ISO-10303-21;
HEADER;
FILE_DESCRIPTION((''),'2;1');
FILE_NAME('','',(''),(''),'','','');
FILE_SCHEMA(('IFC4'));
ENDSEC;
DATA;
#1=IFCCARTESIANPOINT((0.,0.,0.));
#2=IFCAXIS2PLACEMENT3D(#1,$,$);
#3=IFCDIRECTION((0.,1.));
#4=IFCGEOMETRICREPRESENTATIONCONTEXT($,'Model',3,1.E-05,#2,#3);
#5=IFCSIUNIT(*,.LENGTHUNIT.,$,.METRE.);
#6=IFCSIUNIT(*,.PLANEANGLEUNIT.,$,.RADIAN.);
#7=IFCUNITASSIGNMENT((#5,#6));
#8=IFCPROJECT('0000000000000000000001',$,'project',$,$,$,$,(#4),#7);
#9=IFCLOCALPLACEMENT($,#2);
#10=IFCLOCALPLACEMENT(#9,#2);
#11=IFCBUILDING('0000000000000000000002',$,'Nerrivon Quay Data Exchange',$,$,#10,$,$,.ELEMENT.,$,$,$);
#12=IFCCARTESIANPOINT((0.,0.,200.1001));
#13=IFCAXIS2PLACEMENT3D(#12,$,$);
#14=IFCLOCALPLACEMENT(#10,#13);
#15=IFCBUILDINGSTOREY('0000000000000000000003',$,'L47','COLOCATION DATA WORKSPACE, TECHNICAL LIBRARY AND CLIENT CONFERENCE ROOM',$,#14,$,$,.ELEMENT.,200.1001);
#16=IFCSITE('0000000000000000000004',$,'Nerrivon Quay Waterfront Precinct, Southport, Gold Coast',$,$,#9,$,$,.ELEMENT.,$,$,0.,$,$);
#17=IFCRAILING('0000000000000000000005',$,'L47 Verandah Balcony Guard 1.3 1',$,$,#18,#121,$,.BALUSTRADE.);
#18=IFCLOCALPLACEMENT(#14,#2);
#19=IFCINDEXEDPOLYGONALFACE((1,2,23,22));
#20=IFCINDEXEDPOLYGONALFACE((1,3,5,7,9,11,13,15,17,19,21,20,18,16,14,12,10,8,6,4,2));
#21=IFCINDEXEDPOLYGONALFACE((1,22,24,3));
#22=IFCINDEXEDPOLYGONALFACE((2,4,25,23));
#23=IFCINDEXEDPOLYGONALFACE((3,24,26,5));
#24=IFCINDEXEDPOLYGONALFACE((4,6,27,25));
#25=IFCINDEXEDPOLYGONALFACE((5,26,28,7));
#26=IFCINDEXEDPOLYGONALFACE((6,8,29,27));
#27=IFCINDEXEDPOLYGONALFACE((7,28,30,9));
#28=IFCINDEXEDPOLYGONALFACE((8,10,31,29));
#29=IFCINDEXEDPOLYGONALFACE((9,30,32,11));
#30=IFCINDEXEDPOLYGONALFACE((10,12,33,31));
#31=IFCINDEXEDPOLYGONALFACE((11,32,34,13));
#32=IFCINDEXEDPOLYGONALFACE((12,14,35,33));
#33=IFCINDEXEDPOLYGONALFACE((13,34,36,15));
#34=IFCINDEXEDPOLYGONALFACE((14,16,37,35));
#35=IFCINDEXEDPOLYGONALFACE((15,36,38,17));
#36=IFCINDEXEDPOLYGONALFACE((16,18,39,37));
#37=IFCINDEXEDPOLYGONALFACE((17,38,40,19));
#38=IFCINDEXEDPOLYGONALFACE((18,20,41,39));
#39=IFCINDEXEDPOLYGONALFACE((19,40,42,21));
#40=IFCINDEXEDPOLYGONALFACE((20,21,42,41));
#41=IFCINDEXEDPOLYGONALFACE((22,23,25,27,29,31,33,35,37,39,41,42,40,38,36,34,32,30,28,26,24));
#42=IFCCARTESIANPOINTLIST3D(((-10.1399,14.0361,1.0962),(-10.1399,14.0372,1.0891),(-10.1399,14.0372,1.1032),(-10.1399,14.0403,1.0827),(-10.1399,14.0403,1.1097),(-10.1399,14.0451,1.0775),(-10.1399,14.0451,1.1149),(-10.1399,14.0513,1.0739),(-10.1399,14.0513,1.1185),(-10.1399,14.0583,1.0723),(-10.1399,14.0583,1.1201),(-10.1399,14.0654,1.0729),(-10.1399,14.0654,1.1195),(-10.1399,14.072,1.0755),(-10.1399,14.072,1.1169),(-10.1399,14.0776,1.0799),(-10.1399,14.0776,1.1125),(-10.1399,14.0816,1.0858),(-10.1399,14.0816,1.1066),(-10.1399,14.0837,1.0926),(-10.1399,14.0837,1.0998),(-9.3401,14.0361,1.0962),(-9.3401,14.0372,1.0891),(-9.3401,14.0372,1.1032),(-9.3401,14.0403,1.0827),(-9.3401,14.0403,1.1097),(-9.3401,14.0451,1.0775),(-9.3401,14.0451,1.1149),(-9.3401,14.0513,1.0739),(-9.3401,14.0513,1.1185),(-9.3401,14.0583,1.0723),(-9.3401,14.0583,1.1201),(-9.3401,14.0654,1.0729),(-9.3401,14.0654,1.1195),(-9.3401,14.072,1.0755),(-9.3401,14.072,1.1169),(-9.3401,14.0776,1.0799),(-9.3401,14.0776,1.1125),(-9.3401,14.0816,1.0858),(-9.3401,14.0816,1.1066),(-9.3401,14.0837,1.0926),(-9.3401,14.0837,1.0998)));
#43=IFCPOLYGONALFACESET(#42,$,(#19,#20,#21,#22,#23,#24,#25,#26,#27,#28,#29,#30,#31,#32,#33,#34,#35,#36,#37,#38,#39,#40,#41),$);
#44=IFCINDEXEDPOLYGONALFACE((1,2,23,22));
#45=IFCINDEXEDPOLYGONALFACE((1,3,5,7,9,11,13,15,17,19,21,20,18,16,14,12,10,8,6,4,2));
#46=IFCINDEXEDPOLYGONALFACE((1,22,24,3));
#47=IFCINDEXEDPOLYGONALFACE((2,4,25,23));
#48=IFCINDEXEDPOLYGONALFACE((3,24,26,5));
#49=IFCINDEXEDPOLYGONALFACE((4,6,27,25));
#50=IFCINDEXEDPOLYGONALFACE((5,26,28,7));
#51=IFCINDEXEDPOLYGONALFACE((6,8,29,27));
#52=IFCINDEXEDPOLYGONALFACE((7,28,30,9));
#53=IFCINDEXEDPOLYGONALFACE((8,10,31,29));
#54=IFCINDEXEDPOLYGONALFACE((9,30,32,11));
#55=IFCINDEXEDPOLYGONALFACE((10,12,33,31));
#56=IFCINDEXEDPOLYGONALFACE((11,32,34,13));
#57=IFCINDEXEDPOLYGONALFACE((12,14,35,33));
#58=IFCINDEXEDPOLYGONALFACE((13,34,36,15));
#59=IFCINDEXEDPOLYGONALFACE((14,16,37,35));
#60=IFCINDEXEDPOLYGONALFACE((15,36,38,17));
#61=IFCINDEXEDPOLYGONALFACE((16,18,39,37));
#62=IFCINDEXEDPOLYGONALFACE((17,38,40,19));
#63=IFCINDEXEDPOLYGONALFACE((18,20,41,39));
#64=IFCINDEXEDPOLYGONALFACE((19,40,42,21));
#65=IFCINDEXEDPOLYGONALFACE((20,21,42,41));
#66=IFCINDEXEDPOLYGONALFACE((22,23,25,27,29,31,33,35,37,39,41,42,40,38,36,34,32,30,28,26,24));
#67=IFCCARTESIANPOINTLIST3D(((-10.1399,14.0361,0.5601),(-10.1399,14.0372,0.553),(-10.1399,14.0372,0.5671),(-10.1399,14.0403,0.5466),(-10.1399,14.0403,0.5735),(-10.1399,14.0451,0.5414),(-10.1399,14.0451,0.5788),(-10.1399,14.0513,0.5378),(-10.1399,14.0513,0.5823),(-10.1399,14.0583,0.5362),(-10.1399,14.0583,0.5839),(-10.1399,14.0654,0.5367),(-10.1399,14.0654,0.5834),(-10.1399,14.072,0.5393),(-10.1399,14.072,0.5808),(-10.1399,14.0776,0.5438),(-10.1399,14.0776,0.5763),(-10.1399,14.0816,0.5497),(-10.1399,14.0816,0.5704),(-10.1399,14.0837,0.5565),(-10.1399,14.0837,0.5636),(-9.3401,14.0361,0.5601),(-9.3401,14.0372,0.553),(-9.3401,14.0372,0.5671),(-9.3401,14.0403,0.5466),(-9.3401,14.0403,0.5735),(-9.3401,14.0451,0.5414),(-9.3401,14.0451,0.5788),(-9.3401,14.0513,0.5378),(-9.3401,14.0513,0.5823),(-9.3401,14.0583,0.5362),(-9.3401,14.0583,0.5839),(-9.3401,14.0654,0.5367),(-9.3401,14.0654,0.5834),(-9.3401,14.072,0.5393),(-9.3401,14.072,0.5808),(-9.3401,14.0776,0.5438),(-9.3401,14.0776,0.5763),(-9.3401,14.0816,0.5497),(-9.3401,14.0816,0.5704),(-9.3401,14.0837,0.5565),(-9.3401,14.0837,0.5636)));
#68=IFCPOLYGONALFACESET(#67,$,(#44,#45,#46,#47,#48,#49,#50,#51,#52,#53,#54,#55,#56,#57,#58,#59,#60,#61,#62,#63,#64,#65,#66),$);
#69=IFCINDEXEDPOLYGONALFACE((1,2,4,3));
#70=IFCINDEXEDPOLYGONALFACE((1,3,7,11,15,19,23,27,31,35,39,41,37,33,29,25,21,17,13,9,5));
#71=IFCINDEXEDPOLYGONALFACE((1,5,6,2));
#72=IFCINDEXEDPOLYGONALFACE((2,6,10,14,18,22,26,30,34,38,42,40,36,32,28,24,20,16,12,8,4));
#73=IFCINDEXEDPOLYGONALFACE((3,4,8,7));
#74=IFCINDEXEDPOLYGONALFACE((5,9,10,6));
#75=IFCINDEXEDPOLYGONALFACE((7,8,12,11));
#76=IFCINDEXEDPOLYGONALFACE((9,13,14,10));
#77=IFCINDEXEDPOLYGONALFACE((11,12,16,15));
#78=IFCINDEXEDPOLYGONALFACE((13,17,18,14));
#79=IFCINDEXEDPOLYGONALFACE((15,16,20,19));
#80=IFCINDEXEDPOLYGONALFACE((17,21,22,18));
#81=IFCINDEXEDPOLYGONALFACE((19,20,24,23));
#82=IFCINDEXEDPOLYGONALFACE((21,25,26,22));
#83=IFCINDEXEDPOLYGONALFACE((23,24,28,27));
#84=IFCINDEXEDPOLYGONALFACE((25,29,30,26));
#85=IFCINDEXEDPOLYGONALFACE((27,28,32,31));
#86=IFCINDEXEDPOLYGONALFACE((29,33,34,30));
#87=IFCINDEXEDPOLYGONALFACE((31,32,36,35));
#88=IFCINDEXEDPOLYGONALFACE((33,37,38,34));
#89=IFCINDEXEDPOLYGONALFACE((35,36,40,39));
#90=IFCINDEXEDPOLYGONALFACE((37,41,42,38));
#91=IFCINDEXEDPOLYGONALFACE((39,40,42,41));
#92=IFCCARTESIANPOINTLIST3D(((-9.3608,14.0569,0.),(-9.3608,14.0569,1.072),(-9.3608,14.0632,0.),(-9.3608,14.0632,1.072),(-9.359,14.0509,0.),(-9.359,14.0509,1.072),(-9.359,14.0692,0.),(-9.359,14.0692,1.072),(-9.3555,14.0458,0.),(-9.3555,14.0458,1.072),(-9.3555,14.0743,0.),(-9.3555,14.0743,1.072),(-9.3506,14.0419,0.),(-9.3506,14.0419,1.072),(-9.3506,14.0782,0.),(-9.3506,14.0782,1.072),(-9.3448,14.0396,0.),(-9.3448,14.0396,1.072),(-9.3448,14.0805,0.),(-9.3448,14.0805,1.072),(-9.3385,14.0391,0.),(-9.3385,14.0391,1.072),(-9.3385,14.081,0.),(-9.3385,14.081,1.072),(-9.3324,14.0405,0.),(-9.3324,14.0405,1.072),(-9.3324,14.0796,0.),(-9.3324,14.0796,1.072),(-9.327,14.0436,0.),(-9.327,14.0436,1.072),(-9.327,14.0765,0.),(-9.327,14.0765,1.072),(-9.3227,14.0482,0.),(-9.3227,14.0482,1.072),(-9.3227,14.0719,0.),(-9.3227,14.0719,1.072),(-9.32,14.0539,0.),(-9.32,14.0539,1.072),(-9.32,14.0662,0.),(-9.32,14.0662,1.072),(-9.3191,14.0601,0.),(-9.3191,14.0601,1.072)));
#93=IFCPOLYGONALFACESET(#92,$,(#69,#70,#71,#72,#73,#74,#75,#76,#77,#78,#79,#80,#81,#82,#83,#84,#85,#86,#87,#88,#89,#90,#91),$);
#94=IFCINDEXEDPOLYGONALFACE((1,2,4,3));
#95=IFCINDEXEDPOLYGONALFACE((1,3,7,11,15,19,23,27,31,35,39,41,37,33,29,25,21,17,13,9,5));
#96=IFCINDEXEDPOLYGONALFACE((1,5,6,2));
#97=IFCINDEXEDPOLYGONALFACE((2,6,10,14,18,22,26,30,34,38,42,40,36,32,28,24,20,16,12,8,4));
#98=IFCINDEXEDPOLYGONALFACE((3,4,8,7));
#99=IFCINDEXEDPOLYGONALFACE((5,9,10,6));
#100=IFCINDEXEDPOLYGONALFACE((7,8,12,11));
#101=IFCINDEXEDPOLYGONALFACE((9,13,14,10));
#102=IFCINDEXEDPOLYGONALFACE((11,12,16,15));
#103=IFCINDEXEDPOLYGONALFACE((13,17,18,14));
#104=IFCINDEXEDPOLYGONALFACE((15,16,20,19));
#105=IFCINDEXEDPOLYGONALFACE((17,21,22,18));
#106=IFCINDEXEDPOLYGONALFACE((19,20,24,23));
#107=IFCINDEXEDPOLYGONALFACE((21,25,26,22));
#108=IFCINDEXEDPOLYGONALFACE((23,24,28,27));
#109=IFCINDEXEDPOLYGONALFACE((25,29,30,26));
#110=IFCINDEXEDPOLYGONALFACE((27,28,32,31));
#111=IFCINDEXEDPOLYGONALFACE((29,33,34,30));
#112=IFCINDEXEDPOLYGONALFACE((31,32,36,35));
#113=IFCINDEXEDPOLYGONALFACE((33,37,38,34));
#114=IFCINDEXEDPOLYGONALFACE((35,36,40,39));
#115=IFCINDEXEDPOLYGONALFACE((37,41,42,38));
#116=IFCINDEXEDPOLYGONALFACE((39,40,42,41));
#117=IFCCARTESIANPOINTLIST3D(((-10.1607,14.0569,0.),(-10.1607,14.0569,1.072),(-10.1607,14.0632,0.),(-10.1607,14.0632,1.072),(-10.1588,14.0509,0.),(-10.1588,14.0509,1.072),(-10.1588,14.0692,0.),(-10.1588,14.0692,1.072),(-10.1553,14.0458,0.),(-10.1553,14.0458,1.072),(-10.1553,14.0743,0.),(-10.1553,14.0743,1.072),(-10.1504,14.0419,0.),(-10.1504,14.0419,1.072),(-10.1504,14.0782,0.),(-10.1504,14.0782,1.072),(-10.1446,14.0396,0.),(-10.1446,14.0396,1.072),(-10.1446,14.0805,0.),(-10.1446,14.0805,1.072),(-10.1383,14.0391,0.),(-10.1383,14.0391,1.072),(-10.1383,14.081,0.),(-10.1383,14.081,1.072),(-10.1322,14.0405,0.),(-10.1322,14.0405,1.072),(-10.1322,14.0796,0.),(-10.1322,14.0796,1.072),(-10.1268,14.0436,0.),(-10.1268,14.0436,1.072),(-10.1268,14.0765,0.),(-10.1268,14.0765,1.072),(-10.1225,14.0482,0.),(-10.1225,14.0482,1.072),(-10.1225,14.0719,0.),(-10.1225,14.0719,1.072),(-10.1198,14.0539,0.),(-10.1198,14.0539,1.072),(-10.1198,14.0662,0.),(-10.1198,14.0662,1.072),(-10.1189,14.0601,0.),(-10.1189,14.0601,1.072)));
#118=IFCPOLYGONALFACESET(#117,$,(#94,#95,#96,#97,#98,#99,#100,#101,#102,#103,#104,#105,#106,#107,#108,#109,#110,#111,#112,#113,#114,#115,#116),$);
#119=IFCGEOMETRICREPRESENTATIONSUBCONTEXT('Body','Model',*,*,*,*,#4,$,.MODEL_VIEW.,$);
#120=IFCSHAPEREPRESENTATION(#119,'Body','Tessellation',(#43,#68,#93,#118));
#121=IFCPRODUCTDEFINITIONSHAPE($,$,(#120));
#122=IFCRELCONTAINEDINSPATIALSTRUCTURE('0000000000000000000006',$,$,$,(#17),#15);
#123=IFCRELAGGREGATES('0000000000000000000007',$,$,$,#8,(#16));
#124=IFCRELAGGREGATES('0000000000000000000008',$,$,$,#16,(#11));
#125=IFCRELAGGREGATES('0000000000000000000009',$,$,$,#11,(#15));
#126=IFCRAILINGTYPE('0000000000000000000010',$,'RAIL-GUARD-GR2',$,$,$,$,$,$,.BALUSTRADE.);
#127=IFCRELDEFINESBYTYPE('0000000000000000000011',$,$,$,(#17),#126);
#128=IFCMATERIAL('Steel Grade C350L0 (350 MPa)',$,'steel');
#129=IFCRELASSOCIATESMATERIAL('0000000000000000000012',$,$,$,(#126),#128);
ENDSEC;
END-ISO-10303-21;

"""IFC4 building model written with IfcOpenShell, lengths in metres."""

from ifc_helpers import new_model, si_unit, direction, frame, origin, origin_2d, place, context, subcontext, project, spatial, circle, extrude, material, type_object, element, save


model = new_model("IFC4")

# Units and contexts
model_context = context("Model", 3, precision=1e-05, world=origin(), true_north=direction((0.0, 1.0)))
body_context = subcontext(model_context, "Body", "Model", "MODEL_VIEW")
ifc_project = project(units=[si_unit("LENGTHUNIT", "METRE"), si_unit("PLANEANGLEUNIT", "RADIAN")], contexts=[model_context])

# Site, building, storey
site_placement = place(None, origin())
site = spatial("IfcSite", under=ifc_project, at=site_placement, Name="Nerrivon Quay Waterfront Precinct, Southport, Gold Coast", CompositionType="ELEMENT", RefElevation=0.0)
building_placement = place(site_placement, origin())
building = spatial("IfcBuilding", under=site, at=building_placement, Name="Nerrivon Quay Data Exchange", CompositionType="ELEMENT")
storey_placement = place(building_placement, frame((0.0, 0.0, 200.1001)))
storey = spatial("IfcBuildingStorey", under=building, at=storey_placement, Name="L47", Description="COLOCATION DATA WORKSPACE, TECHNICAL LIBRARY AND CLIENT CONFERENCE ROOM", CompositionType="ELEMENT", Elevation=200.1001)

# Railing
ifc_material_1 = material(Name="Steel Grade C350L0 (350 MPa)", Category="steel")
railing_type = type_object("IfcRailingType", Name="RAIL-GUARD-GR2", PredefinedType="BALUSTRADE", material=ifc_material_1)
railing_1_placement = place(storey_placement, frame((-9.3401, 14.0601, 0.0)))
element("IfcRailing", 1, at=railing_1_placement, inside=storey, type_object=railing_type, Name="L47 Verandah Balcony Guard 1.3 1", PredefinedType="BALUSTRADE", context=body_context, shape_type="SweptSolid", body=[
    extrude(circle(Radius=0.0239, at=origin_2d()), frame((0.0, 0.0, 1.0962), z_axis=(-1.0, 0.0, 0.0), x_axis=(0.0, -1.0, 0.0)), (0.0, 0.0, 1.0), 0.7998),
    extrude(circle(Radius=0.0239, at=origin_2d()), frame((0.0, 0.0, 0.5601), z_axis=(-1.0, 0.0, 0.0), x_axis=(0.0, -1.0, 0.0)), (0.0, 0.0, 1.0), 0.7998),
    extrude(circle(Radius=0.021, at=origin_2d()), origin(), (0.0, 0.0, 1.0), 1.072),
    extrude(circle(Radius=0.021, at=origin_2d()), frame((-0.7998, 0.0, 0.0)), (0.0, 0.0, 1.0), 1.072),
])

save(model, "model.ifc")
